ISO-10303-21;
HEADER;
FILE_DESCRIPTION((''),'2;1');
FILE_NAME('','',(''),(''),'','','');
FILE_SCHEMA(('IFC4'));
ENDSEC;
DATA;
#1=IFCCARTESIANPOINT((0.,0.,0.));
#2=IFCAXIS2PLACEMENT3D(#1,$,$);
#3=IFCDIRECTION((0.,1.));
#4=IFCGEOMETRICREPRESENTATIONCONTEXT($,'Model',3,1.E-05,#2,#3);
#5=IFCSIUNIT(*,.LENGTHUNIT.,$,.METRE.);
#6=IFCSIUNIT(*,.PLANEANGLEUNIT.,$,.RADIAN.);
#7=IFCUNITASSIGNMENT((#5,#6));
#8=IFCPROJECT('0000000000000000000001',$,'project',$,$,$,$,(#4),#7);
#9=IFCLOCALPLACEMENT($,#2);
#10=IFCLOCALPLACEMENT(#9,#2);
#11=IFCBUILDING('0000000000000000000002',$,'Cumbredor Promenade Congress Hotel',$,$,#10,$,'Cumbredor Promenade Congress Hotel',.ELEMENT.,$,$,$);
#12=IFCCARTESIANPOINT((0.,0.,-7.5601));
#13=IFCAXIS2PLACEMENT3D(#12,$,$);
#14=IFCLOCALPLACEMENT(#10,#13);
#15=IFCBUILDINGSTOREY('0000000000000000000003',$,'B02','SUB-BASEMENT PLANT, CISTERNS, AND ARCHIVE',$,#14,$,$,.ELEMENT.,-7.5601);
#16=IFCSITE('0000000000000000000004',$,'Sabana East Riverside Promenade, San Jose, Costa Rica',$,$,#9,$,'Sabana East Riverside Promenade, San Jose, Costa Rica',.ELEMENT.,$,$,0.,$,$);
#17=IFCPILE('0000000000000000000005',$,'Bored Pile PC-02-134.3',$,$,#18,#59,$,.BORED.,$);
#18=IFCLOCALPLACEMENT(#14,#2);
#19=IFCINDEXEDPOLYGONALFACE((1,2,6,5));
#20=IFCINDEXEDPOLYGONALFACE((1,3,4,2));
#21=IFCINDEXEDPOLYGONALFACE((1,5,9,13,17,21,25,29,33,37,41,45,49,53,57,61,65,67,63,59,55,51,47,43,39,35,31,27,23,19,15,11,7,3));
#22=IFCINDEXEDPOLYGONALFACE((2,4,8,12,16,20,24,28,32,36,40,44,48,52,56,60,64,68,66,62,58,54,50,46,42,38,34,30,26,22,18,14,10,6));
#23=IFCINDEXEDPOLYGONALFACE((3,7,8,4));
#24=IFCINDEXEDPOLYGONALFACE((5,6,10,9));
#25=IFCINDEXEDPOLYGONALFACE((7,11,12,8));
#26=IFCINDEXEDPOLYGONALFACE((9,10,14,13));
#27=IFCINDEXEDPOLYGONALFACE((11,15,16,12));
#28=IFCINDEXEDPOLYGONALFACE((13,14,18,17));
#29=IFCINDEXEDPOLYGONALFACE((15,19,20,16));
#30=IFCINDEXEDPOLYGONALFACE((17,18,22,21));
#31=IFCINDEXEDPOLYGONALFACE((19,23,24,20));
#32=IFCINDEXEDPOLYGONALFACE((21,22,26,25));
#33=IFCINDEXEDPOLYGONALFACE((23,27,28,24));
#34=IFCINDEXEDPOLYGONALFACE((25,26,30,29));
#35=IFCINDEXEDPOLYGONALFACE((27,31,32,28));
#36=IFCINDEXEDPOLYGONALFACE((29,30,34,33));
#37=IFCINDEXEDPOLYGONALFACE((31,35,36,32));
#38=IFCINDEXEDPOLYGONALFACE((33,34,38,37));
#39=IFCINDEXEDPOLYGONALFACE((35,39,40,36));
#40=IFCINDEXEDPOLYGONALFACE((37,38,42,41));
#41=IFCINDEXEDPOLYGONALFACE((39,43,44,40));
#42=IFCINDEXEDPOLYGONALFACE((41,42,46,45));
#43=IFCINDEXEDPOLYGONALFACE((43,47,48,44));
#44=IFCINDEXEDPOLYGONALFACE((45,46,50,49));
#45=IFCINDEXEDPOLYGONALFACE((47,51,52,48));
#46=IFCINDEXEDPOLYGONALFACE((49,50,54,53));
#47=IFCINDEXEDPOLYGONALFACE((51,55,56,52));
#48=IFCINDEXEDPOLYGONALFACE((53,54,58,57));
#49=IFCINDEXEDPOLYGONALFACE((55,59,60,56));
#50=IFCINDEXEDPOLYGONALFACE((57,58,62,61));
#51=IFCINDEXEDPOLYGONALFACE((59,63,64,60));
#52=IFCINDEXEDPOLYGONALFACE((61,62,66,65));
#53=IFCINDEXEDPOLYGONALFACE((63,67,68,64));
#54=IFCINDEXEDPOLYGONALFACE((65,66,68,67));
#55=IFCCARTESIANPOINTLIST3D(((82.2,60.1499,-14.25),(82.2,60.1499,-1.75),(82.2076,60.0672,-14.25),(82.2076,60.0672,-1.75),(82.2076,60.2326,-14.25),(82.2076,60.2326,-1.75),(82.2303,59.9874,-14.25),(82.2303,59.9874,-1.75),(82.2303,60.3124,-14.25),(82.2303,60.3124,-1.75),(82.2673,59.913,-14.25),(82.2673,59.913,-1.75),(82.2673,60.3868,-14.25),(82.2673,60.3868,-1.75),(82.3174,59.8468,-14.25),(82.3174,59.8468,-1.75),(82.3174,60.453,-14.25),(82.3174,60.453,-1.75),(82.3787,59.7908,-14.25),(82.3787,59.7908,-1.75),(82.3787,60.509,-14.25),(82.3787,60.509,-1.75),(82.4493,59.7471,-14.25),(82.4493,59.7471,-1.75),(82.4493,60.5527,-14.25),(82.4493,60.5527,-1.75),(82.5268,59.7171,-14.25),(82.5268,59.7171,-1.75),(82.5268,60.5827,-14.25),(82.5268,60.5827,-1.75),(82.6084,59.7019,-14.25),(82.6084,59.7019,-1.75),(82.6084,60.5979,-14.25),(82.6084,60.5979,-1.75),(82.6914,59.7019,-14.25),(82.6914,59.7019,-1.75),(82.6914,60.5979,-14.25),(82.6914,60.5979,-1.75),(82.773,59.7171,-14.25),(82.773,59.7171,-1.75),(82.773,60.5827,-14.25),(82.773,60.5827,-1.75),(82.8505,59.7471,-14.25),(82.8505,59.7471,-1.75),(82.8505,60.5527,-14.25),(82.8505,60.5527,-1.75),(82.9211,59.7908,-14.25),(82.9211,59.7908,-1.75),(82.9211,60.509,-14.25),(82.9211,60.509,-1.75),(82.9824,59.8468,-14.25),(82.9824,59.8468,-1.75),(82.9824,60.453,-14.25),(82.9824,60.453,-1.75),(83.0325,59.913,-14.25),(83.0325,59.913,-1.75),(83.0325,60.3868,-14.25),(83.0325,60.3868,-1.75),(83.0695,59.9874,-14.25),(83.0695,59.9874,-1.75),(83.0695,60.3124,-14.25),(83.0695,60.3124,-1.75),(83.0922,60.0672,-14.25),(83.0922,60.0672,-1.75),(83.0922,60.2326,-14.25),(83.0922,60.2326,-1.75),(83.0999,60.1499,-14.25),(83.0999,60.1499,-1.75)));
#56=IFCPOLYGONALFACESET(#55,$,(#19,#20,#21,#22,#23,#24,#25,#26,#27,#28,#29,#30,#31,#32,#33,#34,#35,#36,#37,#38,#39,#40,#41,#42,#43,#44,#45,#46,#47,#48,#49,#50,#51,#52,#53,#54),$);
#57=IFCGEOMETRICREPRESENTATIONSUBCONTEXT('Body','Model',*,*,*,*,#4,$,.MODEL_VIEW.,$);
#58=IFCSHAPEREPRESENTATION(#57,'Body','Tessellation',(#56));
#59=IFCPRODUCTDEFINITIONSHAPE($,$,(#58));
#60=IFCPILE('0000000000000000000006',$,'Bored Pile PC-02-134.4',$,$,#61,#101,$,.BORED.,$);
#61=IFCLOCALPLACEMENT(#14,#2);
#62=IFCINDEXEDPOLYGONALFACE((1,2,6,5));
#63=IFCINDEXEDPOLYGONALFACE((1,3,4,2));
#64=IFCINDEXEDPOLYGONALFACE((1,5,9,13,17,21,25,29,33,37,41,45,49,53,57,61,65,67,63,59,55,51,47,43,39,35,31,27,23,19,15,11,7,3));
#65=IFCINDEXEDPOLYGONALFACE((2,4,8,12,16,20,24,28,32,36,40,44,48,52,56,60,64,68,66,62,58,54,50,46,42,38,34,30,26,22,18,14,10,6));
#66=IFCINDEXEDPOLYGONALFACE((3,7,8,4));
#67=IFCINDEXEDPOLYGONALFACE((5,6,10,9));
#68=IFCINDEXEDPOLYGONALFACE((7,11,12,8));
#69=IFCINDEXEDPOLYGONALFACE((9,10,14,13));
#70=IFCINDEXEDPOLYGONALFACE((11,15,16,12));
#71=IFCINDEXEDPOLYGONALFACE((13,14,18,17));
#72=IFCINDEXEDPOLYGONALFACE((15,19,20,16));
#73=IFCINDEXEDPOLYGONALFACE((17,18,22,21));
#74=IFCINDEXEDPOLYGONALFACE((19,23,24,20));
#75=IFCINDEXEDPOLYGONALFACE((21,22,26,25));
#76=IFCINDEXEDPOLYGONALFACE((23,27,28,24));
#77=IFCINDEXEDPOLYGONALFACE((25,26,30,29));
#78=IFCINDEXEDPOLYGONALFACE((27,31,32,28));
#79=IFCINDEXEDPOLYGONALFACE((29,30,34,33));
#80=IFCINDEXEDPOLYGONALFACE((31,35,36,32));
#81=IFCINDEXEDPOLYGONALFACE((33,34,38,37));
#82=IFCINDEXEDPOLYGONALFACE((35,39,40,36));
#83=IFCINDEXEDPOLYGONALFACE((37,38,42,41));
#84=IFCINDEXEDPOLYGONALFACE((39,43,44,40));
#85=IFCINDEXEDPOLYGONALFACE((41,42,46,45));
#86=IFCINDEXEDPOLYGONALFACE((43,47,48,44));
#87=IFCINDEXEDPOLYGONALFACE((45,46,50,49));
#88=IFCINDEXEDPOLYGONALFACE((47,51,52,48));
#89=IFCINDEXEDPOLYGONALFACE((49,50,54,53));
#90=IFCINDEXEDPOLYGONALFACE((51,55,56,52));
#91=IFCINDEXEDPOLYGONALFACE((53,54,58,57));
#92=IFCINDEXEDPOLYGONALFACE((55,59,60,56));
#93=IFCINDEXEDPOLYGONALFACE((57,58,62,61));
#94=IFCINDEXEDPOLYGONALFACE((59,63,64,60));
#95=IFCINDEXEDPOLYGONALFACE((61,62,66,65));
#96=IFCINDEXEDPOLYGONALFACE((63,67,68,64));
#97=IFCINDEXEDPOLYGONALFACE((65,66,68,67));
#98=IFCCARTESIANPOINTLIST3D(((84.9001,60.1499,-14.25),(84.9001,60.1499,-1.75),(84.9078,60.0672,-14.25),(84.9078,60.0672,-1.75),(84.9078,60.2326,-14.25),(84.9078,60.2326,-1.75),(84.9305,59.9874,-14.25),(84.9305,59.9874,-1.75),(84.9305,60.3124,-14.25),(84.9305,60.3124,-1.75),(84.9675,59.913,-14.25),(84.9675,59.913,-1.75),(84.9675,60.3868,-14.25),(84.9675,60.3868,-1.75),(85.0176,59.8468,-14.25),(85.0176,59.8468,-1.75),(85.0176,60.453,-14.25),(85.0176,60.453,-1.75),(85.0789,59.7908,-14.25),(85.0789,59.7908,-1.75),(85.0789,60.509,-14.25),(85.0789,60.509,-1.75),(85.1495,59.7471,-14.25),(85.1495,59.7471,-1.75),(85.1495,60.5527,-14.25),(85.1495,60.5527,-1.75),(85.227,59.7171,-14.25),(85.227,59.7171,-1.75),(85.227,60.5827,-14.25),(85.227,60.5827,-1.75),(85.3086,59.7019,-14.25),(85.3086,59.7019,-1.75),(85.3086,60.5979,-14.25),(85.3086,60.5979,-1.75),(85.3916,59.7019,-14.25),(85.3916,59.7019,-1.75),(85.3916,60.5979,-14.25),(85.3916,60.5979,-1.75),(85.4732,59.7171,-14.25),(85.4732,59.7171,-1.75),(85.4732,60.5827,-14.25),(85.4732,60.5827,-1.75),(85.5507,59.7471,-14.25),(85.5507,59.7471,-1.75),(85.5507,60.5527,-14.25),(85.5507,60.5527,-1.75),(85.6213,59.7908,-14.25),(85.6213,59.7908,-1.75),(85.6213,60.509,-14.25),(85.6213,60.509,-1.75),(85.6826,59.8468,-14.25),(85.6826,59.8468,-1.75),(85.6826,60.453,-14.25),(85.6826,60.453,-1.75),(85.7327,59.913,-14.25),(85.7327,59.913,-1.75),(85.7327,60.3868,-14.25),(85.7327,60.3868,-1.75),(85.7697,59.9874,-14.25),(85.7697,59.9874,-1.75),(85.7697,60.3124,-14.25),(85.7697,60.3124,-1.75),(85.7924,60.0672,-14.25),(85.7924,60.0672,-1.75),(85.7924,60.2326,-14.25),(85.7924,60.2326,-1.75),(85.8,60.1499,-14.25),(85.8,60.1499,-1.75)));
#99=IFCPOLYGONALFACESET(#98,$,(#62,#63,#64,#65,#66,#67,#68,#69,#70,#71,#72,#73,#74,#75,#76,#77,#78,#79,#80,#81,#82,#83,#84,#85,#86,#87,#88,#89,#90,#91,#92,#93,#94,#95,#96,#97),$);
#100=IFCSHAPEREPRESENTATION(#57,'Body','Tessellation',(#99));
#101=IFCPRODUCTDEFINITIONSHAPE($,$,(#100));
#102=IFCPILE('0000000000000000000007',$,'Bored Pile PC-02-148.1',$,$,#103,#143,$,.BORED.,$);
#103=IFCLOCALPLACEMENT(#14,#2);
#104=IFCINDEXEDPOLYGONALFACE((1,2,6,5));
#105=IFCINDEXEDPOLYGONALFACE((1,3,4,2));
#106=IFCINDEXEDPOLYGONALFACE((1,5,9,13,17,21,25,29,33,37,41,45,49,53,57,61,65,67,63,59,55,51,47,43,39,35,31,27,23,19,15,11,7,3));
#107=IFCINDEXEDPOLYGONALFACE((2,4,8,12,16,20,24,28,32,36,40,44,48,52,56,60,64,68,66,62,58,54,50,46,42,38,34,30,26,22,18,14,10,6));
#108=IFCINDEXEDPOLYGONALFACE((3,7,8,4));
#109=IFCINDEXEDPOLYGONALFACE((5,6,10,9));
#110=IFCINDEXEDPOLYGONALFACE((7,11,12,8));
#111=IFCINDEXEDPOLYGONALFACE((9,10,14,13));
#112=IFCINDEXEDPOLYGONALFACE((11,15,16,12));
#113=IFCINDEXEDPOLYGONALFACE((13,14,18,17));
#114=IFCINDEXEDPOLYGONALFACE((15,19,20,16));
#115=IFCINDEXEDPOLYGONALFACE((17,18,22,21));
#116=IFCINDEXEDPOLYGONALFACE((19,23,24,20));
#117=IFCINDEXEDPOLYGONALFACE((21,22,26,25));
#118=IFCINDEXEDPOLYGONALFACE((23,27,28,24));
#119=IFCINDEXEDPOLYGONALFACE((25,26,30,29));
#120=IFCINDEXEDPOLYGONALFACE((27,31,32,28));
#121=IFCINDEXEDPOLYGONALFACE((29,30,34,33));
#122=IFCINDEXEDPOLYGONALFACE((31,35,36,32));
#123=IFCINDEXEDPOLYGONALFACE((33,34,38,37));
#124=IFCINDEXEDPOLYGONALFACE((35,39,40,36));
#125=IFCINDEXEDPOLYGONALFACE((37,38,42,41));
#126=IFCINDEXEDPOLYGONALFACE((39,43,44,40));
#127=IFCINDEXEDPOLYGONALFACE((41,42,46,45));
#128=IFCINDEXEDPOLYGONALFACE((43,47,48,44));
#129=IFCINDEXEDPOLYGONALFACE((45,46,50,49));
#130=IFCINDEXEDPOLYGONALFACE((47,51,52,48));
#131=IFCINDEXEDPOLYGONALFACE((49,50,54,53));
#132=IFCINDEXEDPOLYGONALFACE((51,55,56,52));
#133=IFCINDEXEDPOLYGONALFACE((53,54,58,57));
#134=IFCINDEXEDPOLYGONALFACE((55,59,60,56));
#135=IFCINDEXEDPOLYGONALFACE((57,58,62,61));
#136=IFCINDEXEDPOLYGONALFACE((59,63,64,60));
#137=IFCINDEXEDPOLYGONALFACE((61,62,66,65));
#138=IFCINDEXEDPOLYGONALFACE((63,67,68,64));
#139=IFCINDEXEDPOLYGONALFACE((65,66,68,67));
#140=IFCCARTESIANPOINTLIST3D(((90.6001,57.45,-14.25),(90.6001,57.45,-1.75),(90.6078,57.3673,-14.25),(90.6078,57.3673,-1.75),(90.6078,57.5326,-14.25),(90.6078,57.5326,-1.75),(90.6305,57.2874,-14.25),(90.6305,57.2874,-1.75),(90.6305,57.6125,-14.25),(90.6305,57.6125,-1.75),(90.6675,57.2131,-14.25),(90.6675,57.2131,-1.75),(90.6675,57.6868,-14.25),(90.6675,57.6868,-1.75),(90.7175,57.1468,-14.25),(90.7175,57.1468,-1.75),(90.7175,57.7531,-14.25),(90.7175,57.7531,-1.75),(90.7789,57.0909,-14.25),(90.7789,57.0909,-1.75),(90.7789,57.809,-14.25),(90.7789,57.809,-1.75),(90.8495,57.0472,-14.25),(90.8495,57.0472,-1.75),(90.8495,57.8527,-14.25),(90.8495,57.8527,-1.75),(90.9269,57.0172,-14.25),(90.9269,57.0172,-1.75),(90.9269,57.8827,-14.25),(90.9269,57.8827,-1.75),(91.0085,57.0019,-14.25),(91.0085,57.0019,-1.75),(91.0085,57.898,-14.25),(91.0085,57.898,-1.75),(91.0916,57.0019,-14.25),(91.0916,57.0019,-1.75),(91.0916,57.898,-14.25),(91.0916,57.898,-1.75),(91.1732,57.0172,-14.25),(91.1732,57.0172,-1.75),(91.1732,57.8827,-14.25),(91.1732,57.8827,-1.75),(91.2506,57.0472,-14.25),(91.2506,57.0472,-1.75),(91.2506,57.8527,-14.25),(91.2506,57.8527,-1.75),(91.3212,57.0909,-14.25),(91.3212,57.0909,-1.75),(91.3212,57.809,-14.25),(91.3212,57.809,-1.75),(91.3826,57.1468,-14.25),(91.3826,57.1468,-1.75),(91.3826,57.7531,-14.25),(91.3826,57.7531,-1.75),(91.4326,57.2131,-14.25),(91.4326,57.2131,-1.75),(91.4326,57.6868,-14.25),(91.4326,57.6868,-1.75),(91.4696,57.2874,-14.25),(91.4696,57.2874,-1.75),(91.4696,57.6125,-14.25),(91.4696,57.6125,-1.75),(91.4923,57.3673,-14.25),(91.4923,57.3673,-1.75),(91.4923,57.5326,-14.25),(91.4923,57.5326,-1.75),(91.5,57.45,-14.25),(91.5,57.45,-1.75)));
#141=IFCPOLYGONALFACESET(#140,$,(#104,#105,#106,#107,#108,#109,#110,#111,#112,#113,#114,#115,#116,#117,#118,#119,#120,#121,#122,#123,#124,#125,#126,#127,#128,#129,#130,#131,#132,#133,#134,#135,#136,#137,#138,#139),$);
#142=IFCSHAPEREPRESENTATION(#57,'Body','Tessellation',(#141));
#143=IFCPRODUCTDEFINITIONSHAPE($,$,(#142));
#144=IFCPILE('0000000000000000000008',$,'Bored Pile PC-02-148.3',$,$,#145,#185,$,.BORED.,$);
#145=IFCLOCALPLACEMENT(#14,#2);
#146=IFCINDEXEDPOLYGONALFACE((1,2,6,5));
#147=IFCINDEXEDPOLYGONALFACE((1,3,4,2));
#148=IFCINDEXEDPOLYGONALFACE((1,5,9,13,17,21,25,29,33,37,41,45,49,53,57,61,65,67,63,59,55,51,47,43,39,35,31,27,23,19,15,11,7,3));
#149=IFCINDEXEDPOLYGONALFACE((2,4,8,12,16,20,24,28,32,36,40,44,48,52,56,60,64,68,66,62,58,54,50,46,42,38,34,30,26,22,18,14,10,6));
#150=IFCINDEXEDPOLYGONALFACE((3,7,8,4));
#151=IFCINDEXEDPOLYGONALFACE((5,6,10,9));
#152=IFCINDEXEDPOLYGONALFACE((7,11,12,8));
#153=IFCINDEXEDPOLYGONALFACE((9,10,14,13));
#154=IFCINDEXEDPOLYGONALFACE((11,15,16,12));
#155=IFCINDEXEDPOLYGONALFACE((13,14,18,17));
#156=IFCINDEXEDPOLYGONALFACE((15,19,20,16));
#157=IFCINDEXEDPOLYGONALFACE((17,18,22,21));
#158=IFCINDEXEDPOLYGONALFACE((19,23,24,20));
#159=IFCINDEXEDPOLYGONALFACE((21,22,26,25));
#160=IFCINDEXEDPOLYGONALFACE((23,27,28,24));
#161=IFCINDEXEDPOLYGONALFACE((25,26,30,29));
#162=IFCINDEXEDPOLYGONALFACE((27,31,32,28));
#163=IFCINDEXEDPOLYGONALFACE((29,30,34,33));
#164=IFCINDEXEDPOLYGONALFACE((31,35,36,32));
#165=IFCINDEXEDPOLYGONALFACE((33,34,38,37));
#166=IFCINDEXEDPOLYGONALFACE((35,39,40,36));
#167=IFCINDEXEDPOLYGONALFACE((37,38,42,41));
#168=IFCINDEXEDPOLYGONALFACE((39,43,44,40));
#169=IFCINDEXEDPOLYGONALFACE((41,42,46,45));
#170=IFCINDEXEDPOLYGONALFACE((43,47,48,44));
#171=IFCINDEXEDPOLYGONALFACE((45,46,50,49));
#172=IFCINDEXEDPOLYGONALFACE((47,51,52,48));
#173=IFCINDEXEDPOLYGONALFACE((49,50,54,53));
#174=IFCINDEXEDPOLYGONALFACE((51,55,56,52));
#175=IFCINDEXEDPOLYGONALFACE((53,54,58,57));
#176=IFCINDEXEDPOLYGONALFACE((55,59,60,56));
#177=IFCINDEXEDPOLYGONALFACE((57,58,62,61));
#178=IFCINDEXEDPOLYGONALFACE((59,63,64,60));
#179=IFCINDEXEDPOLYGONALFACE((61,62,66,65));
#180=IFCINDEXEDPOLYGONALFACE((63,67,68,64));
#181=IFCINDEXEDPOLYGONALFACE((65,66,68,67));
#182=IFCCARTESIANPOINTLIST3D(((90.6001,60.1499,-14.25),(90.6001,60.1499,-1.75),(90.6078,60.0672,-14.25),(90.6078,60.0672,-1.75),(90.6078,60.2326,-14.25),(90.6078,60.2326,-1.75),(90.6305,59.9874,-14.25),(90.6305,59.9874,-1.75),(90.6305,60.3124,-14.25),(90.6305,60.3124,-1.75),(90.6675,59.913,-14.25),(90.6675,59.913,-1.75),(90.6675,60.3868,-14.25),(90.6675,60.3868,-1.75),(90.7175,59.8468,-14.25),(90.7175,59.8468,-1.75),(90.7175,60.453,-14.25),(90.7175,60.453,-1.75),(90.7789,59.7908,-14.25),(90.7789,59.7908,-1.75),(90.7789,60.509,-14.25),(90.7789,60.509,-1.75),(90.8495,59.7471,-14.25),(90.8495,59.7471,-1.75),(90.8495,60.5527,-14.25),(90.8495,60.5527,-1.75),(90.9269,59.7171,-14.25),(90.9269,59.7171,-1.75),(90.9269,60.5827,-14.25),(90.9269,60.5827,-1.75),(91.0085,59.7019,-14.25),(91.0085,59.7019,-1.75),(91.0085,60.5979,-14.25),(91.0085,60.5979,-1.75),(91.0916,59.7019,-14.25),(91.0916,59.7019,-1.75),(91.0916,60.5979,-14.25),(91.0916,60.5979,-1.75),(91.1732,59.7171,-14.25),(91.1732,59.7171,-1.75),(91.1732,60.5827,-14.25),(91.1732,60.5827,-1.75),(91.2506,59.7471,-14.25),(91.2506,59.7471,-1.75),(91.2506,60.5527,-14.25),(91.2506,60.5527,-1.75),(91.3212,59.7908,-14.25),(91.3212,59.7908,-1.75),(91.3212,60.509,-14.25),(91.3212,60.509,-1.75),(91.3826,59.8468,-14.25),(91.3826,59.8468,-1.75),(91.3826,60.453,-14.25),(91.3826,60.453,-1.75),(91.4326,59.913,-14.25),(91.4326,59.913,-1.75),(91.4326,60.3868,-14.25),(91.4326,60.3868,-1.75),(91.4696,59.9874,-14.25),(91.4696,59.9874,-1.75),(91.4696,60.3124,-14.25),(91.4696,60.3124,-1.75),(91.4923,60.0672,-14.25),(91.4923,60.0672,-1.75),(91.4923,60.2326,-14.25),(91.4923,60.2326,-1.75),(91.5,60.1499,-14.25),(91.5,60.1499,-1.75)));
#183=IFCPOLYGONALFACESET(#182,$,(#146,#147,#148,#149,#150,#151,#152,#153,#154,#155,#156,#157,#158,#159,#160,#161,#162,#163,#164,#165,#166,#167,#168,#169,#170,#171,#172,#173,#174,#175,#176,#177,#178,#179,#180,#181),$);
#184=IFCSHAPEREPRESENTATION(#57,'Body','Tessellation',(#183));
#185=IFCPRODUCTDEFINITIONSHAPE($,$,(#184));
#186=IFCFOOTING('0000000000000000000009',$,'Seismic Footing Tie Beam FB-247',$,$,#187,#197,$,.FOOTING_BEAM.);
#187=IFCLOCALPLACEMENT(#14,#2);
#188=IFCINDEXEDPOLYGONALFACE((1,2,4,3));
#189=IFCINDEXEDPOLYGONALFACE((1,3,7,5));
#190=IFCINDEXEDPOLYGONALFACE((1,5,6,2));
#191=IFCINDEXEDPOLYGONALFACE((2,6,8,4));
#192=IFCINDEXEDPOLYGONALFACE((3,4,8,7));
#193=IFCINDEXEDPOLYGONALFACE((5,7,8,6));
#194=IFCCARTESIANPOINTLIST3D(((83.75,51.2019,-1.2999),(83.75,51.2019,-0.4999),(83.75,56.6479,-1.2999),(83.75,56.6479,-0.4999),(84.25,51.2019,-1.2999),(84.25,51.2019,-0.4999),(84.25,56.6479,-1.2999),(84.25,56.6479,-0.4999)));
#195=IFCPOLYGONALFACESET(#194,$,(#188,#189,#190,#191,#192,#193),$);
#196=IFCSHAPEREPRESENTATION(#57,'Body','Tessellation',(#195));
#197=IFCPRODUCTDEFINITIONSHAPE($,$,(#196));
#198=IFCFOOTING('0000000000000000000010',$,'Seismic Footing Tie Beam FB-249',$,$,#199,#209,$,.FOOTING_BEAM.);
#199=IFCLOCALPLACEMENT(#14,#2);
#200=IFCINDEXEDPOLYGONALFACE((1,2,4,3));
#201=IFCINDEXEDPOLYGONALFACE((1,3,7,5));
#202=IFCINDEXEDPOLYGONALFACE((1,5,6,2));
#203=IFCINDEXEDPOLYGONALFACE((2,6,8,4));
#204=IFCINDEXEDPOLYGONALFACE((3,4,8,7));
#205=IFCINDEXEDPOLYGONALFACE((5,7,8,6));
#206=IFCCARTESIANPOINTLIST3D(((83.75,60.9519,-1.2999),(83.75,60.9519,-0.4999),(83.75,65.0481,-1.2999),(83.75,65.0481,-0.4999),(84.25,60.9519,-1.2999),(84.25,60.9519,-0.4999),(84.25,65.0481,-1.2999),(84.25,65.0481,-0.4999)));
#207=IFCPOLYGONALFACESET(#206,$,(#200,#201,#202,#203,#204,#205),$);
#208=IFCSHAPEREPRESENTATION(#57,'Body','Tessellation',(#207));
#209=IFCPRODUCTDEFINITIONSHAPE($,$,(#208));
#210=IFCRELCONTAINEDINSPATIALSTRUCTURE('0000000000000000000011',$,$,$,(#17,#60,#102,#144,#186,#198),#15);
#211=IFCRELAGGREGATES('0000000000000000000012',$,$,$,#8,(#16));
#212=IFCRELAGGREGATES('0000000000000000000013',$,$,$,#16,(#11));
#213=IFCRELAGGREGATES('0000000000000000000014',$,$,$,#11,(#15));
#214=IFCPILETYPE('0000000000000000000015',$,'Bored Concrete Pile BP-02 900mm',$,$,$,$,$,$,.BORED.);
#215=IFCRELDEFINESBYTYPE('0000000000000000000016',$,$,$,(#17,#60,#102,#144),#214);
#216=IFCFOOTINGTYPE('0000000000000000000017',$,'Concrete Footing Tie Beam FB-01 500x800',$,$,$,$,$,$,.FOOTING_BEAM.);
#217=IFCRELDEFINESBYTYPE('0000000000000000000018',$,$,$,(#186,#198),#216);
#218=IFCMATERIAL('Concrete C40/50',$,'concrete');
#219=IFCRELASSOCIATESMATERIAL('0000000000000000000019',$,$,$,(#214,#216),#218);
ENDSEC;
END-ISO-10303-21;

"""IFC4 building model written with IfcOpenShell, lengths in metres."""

from ifc_helpers import new_model, si_unit, direction, frame, origin, origin_2d, place, context, subcontext, project, spatial, rectangle, circle, extrude, material, material_profile, profile_set, type_object, element, save


model = new_model("IFC4")

# Units and contexts
model_context = context("Model", 3, precision=1e-05, world=origin(), true_north=direction((0.0, 1.0)))
body_context = subcontext(model_context, "Body", "Model", "MODEL_VIEW")
ifc_project = project(units=[si_unit("LENGTHUNIT", "METRE"), si_unit("PLANEANGLEUNIT", "RADIAN")], contexts=[model_context])

# Site, building, storey
site_placement = place(None, origin())
site = spatial("IfcSite", under=ifc_project, at=site_placement, Name="Sabana East Riverside Promenade, San Jose, Costa Rica", LongName="Sabana East Riverside Promenade, San Jose, Costa Rica", CompositionType="ELEMENT", RefElevation=0.0)
building_placement = place(site_placement, origin())
building = spatial("IfcBuilding", under=site, at=building_placement, Name="Cumbredor Promenade Congress Hotel", LongName="Cumbredor Promenade Congress Hotel", CompositionType="ELEMENT")
storey_placement = place(building_placement, frame((0.0, 0.0, -7.5601)))
storey = spatial("IfcBuildingStorey", under=building, at=storey_placement, Name="B02", Description="SUB-BASEMENT PLANT, CISTERNS, AND ARCHIVE", CompositionType="ELEMENT", Elevation=-7.5601)

# Piles
ifc_material_1 = material(Name="Concrete C40/50", Category="concrete")
ifc_material_profile_1 = material_profile(ifc_material_1, circle(Radius=0.45, at=origin_2d()), Name="PILE D900")
ifc_profile_set_1 = profile_set([ifc_material_profile_1], Name="Concrete C40/50")
pile_type_1 = type_object("IfcPileType", Name="Bored Concrete Pile BP-02 900mm", PredefinedType="BORED", material=ifc_profile_set_1)
for number, where, z_axis, x_axis, name in (
    (1, (82.6499, 60.1499, -1.75), (0.0, 0.0, -1.0), (1.0, 0.0, 0.0), "Bored Pile PC-02-134.3"),
    (2, (85.3501, 60.1499, -1.75), (0.0, 0.0, -1.0), (1.0, 0.0, 0.0), "Bored Pile PC-02-134.4"),
    (3, (91.05, 57.45, -1.75), (0.0, 0.0, -1.0), (1.0, 0.0, 0.0), "Bored Pile PC-02-148.1"),
    (4, (91.05, 60.1499, -1.75), (0.0, 0.0, -1.0), (1.0, 0.0, 0.0), "Bored Pile PC-02-148.3"),
):
    element("IfcPile", number, at=place(storey_placement, frame(where, z_axis=z_axis, x_axis=x_axis)), inside=storey, type_object=pile_type_1, Name=name, PredefinedType="BORED", context=body_context, shape_type="SweptSolid", body=[
        extrude(circle(Radius=0.45, at=origin_2d()), origin(), (0.0, 0.0, 1.0), 12.5),
    ])

# Footings
ifc_material_profile_2 = material_profile(ifc_material_1, rectangle(XDim=0.5, YDim=0.8, at=origin_2d()), Name="FB 500x800")
ifc_profile_set_2 = profile_set([ifc_material_profile_2], Name="Concrete C40/50")
footing_type_1 = type_object("IfcFootingType", Name="Concrete Footing Tie Beam FB-01 500x800", PredefinedType="FOOTING_BEAM", material=ifc_profile_set_2)
footing_1_placement = place(storey_placement, frame((84.0, 51.2019, -0.8999), z_axis=(0.0, 1.0, 0.0), x_axis=(-1.0, 0.0, 0.0)))
element("IfcFooting", 5, at=footing_1_placement, inside=storey, type_object=footing_type_1, Name="Seismic Footing Tie Beam FB-247", PredefinedType="FOOTING_BEAM", context=body_context, shape_type="SweptSolid", body=[
    extrude(rectangle(XDim=0.5, YDim=0.8, at=origin_2d()), origin(), (0.0, 0.0, 1.0), 5.446),
])
footing_2_placement = place(storey_placement, frame((84.0, 60.9519, -0.8999), z_axis=(0.0, 1.0, 0.0), x_axis=(-1.0, 0.0, 0.0)))
element("IfcFooting", 6, at=footing_2_placement, inside=storey, type_object=footing_type_1, Name="Seismic Footing Tie Beam FB-249", PredefinedType="FOOTING_BEAM", context=body_context, shape_type="SweptSolid", body=[
    extrude(rectangle(XDim=0.5, YDim=0.8, at=origin_2d()), origin(), (0.0, 0.0, 1.0), 4.0962),
])

save(model, "model.ifc")
